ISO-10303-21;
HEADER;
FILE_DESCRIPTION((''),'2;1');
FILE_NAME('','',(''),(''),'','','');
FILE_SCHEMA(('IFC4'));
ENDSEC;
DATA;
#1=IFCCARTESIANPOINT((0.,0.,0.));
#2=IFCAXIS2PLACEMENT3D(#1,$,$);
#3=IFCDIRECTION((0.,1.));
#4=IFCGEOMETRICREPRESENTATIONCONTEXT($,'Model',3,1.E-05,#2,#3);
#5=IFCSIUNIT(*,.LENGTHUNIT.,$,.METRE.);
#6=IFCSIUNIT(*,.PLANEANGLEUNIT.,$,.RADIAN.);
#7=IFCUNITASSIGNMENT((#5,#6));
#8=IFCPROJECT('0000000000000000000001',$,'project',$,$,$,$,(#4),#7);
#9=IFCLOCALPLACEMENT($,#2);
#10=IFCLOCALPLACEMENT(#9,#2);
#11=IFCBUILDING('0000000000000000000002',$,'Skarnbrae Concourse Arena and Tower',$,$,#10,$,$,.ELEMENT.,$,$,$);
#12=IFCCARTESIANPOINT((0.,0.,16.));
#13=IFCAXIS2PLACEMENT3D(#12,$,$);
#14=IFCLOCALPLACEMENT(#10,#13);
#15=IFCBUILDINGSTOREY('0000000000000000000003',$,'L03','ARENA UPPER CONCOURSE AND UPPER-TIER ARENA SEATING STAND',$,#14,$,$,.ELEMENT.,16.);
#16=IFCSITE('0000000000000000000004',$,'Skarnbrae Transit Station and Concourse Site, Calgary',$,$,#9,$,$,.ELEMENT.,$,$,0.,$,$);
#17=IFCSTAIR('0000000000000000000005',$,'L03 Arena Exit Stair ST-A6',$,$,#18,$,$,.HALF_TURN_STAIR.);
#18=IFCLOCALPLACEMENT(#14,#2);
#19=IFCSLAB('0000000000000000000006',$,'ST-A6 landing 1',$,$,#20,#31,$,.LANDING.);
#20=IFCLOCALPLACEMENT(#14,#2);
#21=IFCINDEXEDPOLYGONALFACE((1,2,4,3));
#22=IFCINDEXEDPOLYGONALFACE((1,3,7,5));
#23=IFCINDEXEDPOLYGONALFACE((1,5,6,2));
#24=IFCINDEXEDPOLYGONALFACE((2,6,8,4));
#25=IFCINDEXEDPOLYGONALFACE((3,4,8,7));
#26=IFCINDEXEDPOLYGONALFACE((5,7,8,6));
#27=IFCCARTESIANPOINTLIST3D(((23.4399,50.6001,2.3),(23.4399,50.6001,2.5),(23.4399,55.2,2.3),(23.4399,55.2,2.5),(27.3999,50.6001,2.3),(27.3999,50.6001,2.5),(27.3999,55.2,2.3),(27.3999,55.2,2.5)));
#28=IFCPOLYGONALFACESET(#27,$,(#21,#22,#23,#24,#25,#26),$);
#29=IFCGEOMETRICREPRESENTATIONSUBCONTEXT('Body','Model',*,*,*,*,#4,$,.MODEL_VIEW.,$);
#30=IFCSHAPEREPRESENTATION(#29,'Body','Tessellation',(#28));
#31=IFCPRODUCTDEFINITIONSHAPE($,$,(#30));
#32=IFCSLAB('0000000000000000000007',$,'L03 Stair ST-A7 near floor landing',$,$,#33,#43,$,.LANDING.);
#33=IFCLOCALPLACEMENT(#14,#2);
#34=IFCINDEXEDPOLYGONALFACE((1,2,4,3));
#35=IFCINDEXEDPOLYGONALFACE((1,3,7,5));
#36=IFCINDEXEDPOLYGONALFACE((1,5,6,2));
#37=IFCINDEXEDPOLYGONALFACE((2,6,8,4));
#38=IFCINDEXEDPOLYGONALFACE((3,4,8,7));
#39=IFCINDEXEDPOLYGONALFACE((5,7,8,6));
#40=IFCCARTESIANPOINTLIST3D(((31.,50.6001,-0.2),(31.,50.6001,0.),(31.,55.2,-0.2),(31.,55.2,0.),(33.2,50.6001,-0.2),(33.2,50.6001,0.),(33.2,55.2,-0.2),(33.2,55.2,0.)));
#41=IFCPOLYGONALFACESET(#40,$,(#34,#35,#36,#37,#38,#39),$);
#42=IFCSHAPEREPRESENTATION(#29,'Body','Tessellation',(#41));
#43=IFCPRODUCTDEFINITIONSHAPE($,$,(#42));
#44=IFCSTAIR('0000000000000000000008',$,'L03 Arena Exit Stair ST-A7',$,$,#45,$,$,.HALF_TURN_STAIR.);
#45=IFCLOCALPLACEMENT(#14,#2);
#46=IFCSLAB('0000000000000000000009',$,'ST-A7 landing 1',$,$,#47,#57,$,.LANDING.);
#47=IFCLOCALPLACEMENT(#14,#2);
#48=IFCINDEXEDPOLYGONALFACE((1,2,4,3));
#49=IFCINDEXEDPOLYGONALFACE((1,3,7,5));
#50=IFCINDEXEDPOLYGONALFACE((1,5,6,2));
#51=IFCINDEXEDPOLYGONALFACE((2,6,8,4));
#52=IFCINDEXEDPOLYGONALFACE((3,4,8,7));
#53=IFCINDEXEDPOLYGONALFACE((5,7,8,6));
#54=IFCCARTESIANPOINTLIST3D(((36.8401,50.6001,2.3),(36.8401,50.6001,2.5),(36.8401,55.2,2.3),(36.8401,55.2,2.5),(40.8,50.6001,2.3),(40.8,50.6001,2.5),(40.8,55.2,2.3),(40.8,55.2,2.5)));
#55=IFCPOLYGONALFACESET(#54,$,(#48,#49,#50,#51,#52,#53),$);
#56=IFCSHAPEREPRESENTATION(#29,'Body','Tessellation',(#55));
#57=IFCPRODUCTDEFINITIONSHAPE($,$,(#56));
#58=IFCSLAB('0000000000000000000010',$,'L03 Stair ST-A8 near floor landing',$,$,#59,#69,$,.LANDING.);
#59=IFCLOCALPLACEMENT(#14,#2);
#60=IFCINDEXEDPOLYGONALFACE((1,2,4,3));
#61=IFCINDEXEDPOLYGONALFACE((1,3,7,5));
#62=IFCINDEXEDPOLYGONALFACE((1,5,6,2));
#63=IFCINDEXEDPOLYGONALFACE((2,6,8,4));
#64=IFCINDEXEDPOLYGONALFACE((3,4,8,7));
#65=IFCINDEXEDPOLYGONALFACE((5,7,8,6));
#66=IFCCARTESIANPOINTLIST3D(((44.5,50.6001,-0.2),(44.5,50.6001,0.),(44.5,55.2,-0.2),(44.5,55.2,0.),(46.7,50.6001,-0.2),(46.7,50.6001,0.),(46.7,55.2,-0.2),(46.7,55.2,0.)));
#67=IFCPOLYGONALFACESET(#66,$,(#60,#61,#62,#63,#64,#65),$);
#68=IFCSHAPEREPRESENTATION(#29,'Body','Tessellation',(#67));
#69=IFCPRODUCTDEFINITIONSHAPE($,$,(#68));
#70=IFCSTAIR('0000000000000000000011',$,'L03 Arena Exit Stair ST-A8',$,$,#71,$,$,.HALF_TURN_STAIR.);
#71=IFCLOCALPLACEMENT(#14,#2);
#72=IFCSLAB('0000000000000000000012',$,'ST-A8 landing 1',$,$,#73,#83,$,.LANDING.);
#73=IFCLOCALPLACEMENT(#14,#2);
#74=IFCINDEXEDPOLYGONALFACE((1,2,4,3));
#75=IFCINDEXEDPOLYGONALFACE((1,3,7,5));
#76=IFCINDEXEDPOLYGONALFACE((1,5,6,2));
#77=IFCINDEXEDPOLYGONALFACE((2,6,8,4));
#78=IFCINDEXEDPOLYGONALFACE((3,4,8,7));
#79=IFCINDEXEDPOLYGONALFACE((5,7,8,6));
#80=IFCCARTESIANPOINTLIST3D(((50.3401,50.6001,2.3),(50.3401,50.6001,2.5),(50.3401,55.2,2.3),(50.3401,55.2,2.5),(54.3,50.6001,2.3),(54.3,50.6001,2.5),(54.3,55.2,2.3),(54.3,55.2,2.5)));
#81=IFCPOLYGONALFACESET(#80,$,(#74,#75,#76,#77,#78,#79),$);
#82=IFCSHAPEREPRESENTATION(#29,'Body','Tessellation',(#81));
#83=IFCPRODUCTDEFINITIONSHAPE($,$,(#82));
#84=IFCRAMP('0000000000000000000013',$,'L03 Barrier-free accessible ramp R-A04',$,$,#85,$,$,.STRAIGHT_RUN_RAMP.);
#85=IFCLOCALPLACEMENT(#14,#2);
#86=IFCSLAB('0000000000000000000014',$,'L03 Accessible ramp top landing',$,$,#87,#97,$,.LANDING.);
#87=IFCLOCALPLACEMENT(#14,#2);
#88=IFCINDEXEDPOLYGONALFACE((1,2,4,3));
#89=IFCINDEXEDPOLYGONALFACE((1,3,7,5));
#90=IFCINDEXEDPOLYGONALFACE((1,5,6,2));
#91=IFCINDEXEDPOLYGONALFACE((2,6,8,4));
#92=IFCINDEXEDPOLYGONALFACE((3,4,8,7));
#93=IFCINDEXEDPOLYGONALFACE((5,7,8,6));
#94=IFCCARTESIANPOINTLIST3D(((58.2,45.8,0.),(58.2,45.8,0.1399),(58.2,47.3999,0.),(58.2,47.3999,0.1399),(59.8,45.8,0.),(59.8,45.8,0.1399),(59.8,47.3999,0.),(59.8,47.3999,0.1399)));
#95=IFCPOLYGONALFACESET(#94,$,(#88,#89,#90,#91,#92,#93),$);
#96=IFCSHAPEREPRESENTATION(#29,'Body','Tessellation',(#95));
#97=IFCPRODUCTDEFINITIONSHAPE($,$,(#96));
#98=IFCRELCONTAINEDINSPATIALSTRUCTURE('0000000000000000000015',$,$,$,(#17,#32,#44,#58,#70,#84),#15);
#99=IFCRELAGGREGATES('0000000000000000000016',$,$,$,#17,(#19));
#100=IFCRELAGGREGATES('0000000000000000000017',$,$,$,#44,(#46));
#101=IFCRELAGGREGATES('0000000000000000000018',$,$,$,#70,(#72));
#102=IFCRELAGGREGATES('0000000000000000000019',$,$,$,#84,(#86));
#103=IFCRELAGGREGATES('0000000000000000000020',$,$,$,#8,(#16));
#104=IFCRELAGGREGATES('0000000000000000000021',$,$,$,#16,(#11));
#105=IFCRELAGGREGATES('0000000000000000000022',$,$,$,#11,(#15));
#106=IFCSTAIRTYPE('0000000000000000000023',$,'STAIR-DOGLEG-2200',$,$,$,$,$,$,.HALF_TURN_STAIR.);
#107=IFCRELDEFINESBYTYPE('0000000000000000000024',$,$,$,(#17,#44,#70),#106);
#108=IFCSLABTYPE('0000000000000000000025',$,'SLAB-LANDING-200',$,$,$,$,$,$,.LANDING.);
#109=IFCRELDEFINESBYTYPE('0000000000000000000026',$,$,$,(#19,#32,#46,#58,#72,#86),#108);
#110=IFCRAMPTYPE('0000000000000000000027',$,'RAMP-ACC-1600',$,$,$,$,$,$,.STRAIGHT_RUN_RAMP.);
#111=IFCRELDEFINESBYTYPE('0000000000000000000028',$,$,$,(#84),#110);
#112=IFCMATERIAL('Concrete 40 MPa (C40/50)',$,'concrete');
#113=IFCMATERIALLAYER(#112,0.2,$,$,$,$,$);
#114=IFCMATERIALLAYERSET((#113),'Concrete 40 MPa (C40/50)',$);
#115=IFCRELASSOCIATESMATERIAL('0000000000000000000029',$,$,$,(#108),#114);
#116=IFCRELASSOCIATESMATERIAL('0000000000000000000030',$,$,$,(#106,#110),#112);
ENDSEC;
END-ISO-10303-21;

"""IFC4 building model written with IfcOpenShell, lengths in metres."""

from ifc_helpers import new_model, si_unit, direction, frame, origin, place, context, subcontext, project, spatial, polyline, outline, extrude, material, layer, layer_set, type_object, element, aggregate, save


model = new_model("IFC4")

# Units and contexts
model_context = context("Model", 3, precision=1e-05, world=origin(), true_north=direction((0.0, 1.0)))
body_context = subcontext(model_context, "Body", "Model", "MODEL_VIEW")
ifc_project = project(units=[si_unit("LENGTHUNIT", "METRE"), si_unit("PLANEANGLEUNIT", "RADIAN")], contexts=[model_context])

# Site, building, storey
site_placement = place(None, origin())
site = spatial("IfcSite", under=ifc_project, at=site_placement, Name="Skarnbrae Transit Station and Concourse Site, Calgary", CompositionType="ELEMENT", RefElevation=0.0)
building_placement = place(site_placement, origin())
building = spatial("IfcBuilding", under=site, at=building_placement, Name="Skarnbrae Concourse Arena and Tower", CompositionType="ELEMENT")
storey_placement = place(building_placement, frame((0.0, 0.0, 16.0)))
storey = spatial("IfcBuildingStorey", under=building, at=storey_placement, Name="L03", Description="ARENA UPPER CONCOURSE AND UPPER-TIER ARENA SEATING STAND", CompositionType="ELEMENT", Elevation=16.0)

# Shared definitions
ifc_material_1 = material(Name="Concrete 40 MPa (C40/50)", Category="concrete")
ifc_layer_1 = layer(ifc_material_1, 0.2)
ifc_layer_set_1 = layer_set([ifc_layer_1], Name="Concrete 40 MPa (C40/50)")
slab_type_1 = type_object("IfcSlabType", Name="SLAB-LANDING-200", PredefinedType="LANDING", material=ifc_layer_set_1)

# Shared definitions
stair_type_1 = type_object("IfcStairType", Name="STAIR-DOGLEG-2200", PredefinedType="HALF_TURN_STAIR", material=ifc_material_1)

# Stair, slab
stair_1_placement = place(storey_placement, origin())
stair_1 = element("IfcStair", 1, at=stair_1_placement, inside=storey, type_object=stair_type_1, Name="L03 Arena Exit Stair ST-A6", PredefinedType="HALF_TURN_STAIR")
slab_1_placement = place(storey_placement, frame((0.0, 0.0, 2.3)))
slab_1 = element("IfcSlab", 2, at=slab_1_placement, type_object=slab_type_1, Name="ST-A6 landing 1", PredefinedType="LANDING", context=body_context, shape_type="SweptSolid", body=[
    extrude(outline(polyline([(23.4399, 50.6001), (27.3999, 50.6001), (27.3999, 55.2), (23.4399, 55.2), (23.4399, 50.6001)])), origin(), (0.0, 0.0, 1.0), 0.2),
])
aggregate(stair_1, [slab_1])

# Slab
slab_2_placement = place(storey_placement, frame((0.0, 0.0, -0.2)))
element("IfcSlab", 3, at=slab_2_placement, inside=storey, type_object=slab_type_1, Name="L03 Stair ST-A7 near floor landing", PredefinedType="LANDING", context=body_context, shape_type="SweptSolid", body=[
    extrude(outline(polyline([(31.0, 50.6001), (33.2, 50.6001), (33.2, 55.2), (31.0, 55.2), (31.0, 50.6001)])), origin(), (0.0, 0.0, 1.0), 0.2),
])

# Stair, slab
stair_2_placement = place(storey_placement, origin())
stair_2 = element("IfcStair", 4, at=stair_2_placement, inside=storey, type_object=stair_type_1, Name="L03 Arena Exit Stair ST-A7", PredefinedType="HALF_TURN_STAIR")
slab_3_placement = place(storey_placement, frame((0.0, 0.0, 2.3)))
slab_3 = element("IfcSlab", 5, at=slab_3_placement, type_object=slab_type_1, Name="ST-A7 landing 1", PredefinedType="LANDING", context=body_context, shape_type="SweptSolid", body=[
    extrude(outline(polyline([(36.8401, 50.6001), (40.8, 50.6001), (40.8, 55.2), (36.8401, 55.2), (36.8401, 50.6001)])), origin(), (0.0, 0.0, 1.0), 0.2),
])
aggregate(stair_2, [slab_3])

# Slab
slab_4_placement = place(storey_placement, frame((0.0, 0.0, -0.2)))
element("IfcSlab", 6, at=slab_4_placement, inside=storey, type_object=slab_type_1, Name="L03 Stair ST-A8 near floor landing", PredefinedType="LANDING", context=body_context, shape_type="SweptSolid", body=[
    extrude(outline(polyline([(44.5, 50.6001), (46.7, 50.6001), (46.7, 55.2), (44.5, 55.2), (44.5, 50.6001)])), origin(), (0.0, 0.0, 1.0), 0.2),
])

# Stair, slab
stair_3_placement = place(storey_placement, origin())
stair_3 = element("IfcStair", 7, at=stair_3_placement, inside=storey, type_object=stair_type_1, Name="L03 Arena Exit Stair ST-A8", PredefinedType="HALF_TURN_STAIR")
slab_5_placement = place(storey_placement, frame((0.0, 0.0, 2.3)))
slab_5 = element("IfcSlab", 8, at=slab_5_placement, type_object=slab_type_1, Name="ST-A8 landing 1", PredefinedType="LANDING", context=body_context, shape_type="SweptSolid", body=[
    extrude(outline(polyline([(50.3401, 50.6001), (54.3, 50.6001), (54.3, 55.2), (50.3401, 55.2), (50.3401, 50.6001)])), origin(), (0.0, 0.0, 1.0), 0.2),
])
aggregate(stair_3, [slab_5])

# Ramp, slab
ramp_type = type_object("IfcRampType", Name="RAMP-ACC-1600", PredefinedType="STRAIGHT_RUN_RAMP", material=ifc_material_1)
ramp_placement = place(storey_placement, origin())
ramp = element("IfcRamp", 9, at=ramp_placement, inside=storey, type_object=ramp_type, Name="L03 Barrier-free accessible ramp R-A04", PredefinedType="STRAIGHT_RUN_RAMP")
slab_6_placement = place(storey_placement, origin())
slab_6 = element("IfcSlab", 10, at=slab_6_placement, type_object=slab_type_1, Name="L03 Accessible ramp top landing", PredefinedType="LANDING", context=body_context, shape_type="SweptSolid", body=[
    extrude(outline(polyline([(58.2, 45.8), (59.8, 45.8), (59.8, 47.3999), (58.2, 47.3999), (58.2, 45.8)])), origin(), (0.0, 0.0, 1.0), 0.1399),
])
aggregate(ramp, [slab_6])

save(model, "model.ifc")
